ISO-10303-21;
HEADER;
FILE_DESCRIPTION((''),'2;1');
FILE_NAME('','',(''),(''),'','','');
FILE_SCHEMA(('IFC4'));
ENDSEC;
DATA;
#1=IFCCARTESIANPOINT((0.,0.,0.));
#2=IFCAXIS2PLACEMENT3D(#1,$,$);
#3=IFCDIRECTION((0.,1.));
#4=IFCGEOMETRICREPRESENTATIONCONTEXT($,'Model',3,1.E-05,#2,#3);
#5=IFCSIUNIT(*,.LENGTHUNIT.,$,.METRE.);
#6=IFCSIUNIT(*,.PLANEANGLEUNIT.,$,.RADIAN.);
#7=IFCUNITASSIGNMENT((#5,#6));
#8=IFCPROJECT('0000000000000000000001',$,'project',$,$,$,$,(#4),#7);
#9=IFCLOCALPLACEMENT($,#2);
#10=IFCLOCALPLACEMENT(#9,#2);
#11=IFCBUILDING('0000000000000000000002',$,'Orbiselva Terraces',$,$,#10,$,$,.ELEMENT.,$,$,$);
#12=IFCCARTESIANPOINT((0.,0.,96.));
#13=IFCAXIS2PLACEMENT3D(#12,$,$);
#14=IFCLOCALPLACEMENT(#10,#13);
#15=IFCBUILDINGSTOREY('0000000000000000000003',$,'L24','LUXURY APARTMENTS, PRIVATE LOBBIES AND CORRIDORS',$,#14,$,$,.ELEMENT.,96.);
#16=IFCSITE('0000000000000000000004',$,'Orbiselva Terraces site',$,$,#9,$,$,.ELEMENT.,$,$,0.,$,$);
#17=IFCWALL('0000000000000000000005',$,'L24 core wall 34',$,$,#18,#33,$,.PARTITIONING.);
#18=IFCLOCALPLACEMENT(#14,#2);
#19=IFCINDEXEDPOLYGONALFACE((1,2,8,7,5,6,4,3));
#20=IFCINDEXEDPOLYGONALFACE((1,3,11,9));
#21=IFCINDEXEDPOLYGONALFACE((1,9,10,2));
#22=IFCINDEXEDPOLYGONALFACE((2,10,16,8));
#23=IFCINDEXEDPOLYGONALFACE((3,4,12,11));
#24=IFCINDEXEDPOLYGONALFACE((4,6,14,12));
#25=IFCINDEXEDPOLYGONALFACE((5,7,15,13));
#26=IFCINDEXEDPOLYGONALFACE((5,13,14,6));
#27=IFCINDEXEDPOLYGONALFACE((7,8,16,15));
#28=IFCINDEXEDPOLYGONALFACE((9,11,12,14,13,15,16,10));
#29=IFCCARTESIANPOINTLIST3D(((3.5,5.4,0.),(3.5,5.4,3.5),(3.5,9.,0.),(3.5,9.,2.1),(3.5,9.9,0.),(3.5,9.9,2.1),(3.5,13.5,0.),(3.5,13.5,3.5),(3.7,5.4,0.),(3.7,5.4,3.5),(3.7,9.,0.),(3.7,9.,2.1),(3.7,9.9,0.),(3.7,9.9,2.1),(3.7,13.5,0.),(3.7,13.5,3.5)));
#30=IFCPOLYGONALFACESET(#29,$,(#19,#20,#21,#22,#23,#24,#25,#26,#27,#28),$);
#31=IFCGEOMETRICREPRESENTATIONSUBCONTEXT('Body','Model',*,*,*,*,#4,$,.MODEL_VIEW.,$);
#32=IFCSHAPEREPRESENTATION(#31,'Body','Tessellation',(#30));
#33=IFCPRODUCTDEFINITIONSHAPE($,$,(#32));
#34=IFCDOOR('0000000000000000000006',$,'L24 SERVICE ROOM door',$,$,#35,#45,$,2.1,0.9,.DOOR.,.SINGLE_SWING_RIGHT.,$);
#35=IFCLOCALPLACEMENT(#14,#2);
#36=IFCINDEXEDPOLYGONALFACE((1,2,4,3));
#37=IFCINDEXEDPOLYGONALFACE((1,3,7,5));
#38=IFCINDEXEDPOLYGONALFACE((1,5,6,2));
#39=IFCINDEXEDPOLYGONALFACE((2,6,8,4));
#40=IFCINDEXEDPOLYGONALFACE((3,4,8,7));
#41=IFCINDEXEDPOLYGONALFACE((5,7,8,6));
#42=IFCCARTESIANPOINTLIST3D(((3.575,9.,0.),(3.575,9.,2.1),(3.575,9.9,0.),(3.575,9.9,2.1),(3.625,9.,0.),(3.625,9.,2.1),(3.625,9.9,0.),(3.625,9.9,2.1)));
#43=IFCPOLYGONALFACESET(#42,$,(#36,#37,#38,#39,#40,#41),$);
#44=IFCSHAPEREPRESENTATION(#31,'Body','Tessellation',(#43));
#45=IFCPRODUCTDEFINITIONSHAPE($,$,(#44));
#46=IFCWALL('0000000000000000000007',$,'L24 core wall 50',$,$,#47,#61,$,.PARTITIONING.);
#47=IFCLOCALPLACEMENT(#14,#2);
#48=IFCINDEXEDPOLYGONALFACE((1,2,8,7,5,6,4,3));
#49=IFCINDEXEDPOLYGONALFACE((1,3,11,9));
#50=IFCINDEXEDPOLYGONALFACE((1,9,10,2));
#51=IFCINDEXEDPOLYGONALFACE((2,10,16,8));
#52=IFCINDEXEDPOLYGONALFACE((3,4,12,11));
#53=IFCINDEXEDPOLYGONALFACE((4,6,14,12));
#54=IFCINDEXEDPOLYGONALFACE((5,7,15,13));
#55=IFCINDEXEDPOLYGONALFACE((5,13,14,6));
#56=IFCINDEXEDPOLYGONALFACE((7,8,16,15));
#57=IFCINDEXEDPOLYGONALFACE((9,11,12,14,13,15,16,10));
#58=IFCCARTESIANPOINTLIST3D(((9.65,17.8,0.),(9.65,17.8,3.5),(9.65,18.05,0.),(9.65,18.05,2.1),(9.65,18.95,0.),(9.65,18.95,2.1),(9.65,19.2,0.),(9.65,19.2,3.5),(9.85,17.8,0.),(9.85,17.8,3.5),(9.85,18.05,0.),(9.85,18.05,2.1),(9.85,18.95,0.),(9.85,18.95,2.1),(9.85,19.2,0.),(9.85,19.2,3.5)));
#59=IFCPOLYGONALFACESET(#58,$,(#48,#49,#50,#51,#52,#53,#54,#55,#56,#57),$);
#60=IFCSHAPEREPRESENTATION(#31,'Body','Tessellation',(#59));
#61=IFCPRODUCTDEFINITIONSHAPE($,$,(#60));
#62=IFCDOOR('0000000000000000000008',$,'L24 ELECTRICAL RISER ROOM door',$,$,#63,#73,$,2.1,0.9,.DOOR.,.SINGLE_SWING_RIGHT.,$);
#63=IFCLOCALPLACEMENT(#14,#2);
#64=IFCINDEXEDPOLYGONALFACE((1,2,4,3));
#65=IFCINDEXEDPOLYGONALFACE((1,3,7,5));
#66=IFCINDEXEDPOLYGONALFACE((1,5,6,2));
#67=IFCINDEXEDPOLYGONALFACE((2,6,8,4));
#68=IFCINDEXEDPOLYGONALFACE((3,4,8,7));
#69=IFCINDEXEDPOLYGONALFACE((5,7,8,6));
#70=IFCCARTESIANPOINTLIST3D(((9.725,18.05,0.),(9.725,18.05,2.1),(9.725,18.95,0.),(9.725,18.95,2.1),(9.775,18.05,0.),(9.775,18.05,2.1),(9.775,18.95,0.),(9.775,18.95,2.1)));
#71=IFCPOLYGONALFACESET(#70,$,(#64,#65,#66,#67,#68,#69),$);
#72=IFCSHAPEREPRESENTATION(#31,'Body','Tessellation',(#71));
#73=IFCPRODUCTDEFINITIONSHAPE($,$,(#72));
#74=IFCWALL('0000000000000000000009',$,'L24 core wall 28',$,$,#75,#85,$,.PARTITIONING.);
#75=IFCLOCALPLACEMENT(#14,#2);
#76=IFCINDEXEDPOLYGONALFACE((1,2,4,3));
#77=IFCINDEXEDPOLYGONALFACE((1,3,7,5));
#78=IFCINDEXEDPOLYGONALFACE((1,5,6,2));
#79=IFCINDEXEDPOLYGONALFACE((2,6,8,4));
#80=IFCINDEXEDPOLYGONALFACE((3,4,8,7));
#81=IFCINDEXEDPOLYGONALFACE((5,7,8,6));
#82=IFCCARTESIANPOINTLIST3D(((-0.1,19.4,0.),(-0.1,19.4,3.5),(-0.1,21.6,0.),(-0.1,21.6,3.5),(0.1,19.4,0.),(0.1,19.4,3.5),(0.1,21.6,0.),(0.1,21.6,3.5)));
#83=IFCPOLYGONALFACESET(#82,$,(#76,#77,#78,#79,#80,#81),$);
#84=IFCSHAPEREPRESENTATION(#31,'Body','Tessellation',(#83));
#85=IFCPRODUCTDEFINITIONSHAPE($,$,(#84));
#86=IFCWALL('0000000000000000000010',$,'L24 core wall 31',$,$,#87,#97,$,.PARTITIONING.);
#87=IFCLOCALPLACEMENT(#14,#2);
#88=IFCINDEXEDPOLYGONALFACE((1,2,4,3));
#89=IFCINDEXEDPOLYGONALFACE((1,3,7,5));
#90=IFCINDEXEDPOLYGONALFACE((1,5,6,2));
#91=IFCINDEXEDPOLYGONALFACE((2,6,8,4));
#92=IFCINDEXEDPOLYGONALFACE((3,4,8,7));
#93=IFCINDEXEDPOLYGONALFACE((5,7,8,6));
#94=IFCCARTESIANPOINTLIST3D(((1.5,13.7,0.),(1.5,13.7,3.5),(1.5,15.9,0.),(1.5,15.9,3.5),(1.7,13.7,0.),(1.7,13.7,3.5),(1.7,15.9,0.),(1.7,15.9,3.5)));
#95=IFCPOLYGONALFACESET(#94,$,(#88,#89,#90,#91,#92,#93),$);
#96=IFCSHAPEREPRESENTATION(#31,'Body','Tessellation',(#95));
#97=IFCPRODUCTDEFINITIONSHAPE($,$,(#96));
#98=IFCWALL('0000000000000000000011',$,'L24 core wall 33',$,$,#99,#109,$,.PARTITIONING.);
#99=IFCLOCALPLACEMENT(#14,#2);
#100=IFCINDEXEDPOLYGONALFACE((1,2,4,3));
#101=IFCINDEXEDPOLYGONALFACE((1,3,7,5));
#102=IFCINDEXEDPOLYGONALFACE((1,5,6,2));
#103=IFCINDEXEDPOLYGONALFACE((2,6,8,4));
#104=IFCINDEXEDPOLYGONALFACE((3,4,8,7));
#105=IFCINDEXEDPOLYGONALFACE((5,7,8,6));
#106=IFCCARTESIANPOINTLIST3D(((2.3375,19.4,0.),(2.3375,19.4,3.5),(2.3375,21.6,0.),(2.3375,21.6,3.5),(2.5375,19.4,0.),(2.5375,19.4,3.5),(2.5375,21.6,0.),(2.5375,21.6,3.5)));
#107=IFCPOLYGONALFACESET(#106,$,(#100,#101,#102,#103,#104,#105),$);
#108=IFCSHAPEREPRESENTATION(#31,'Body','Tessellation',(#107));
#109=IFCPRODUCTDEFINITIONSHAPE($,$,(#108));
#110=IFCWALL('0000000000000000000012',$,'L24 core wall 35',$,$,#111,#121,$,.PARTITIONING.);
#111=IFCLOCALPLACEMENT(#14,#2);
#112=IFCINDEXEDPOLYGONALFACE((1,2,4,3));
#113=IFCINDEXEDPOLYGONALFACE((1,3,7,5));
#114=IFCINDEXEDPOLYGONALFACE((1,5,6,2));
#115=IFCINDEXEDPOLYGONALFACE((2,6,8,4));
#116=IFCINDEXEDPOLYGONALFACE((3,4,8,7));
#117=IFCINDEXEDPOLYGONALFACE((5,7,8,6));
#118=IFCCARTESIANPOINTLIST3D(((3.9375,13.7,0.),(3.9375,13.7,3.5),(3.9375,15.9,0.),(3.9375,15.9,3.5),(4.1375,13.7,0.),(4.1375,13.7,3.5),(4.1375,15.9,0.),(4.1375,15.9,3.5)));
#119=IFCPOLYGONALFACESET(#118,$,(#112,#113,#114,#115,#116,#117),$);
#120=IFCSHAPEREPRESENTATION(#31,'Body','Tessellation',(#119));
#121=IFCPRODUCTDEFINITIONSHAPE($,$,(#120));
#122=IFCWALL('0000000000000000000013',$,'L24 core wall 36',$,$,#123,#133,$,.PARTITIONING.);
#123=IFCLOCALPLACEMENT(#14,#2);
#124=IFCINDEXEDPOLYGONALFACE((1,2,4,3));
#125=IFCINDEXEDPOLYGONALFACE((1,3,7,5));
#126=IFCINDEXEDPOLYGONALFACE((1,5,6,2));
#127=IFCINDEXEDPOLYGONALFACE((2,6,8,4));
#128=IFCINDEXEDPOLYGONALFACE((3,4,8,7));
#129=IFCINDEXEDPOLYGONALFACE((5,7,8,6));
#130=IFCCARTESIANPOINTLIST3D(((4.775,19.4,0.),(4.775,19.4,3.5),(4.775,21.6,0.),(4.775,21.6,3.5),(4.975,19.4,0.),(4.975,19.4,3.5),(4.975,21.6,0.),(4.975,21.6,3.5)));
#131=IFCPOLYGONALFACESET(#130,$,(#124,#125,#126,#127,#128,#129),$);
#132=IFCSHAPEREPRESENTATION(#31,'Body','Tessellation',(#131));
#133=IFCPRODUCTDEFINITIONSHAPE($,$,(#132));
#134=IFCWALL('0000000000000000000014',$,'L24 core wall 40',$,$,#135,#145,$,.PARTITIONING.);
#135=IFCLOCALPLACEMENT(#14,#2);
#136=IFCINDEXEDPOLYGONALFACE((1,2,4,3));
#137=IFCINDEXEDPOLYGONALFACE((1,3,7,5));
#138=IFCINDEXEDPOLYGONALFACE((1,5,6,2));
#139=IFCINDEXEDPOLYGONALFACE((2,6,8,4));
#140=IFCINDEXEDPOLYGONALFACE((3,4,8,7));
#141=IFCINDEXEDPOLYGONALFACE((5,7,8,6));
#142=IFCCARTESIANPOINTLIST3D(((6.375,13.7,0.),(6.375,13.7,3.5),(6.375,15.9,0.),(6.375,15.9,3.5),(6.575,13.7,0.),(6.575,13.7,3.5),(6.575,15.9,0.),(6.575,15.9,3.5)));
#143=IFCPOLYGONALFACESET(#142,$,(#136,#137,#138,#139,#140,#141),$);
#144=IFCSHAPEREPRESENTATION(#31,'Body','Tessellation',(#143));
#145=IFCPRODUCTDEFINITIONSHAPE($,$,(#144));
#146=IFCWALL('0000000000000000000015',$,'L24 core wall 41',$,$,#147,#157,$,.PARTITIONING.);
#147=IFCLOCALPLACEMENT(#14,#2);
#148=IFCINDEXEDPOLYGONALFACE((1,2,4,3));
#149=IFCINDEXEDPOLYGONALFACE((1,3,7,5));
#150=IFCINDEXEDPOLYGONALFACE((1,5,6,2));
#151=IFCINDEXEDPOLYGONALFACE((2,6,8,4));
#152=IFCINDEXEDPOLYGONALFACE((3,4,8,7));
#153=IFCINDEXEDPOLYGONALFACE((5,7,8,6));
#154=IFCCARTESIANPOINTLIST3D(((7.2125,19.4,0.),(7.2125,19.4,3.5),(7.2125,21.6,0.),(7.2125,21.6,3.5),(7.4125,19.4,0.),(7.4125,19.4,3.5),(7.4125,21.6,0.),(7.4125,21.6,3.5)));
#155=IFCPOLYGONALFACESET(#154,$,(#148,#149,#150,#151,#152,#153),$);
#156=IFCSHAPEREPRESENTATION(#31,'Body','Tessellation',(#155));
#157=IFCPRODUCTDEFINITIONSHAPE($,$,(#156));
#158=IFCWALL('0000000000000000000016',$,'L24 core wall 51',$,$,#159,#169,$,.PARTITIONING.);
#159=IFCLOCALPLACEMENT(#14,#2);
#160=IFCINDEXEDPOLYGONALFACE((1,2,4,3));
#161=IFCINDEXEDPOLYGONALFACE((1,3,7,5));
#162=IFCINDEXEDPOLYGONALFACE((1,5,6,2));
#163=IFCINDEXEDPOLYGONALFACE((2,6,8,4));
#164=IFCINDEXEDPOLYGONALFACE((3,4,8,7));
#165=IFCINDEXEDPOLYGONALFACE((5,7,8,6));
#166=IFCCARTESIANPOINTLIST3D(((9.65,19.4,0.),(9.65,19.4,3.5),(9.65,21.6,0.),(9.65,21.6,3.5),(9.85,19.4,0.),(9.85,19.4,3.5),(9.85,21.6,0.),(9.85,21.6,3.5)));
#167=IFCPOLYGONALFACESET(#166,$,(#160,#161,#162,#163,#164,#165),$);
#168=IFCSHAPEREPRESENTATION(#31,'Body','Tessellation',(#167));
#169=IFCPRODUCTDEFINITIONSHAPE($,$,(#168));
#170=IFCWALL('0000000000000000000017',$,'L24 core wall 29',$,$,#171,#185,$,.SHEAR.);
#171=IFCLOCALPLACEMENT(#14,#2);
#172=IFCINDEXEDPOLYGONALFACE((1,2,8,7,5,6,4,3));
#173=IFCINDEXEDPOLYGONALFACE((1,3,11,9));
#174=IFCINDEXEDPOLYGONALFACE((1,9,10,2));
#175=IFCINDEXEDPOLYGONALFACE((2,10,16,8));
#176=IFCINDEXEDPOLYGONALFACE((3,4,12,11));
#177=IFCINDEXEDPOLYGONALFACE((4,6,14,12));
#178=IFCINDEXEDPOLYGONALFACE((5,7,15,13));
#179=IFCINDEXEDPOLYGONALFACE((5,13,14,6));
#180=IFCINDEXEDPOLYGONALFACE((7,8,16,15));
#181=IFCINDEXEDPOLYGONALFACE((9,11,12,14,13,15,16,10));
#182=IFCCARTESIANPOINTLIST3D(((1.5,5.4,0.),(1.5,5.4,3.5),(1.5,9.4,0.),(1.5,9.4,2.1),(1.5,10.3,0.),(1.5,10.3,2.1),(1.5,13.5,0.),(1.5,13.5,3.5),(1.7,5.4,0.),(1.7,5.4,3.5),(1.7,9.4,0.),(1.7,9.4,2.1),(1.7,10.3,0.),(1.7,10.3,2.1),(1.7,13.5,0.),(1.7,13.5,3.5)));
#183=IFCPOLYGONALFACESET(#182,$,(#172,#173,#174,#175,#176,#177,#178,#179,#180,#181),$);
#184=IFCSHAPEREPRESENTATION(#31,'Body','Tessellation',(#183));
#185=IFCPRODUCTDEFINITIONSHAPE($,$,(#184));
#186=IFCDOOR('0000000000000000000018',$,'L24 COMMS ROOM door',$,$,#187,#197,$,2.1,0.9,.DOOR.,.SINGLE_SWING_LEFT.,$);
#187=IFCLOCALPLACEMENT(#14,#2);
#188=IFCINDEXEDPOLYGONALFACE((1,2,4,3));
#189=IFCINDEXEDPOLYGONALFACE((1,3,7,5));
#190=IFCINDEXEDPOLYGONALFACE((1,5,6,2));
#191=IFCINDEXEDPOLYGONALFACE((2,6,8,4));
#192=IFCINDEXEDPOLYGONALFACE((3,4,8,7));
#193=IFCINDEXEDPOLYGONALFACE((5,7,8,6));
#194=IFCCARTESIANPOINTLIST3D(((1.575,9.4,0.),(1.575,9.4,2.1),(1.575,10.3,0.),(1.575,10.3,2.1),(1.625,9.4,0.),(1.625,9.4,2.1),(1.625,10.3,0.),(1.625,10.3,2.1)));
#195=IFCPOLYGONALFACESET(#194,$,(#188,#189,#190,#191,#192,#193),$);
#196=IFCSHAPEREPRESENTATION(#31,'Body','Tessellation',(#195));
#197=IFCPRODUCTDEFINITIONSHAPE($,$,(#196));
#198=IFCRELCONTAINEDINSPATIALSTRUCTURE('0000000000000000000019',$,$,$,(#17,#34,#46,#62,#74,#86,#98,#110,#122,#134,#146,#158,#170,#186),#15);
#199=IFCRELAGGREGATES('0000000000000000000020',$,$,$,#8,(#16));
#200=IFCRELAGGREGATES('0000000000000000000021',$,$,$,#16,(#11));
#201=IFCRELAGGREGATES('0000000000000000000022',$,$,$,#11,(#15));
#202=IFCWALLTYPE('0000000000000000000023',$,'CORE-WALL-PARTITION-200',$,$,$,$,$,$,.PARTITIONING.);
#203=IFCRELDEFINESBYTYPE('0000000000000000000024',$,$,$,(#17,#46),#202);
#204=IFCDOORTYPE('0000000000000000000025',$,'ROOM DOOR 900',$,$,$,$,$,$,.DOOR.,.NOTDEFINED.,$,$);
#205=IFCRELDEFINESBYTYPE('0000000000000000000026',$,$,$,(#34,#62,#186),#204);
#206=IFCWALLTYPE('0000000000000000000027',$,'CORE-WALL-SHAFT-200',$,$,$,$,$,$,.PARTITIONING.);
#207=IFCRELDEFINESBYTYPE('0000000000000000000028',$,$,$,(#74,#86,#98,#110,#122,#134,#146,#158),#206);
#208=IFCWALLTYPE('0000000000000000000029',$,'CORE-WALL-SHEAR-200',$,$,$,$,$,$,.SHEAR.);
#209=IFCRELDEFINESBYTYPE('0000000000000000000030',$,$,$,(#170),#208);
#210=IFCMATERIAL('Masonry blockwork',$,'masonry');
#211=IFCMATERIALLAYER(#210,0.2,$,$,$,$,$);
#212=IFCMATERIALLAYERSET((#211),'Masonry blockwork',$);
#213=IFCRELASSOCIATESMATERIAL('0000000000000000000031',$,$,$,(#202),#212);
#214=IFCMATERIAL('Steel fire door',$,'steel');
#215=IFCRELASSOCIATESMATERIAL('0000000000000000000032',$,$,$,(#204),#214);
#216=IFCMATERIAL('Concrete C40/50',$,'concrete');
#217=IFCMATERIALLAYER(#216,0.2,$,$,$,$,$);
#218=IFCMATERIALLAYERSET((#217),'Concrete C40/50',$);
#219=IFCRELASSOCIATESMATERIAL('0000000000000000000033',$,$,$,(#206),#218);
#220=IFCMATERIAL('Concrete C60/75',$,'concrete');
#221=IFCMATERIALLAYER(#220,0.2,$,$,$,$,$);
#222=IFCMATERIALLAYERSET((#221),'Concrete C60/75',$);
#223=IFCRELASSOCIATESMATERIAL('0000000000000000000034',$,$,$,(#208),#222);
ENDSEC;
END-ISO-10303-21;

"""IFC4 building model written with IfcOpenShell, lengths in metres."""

from ifc_helpers import new_model, si_unit, direction, frame, frame_2d, origin, place, context, subcontext, project, spatial, rectangle, extrude, material, layer, layer_set, type_object, element, fill, save


model = new_model("IFC4")

# Units and contexts
model_context = context("Model", 3, precision=1e-05, world=origin(), true_north=direction((0.0, 1.0)))
body_context = subcontext(model_context, "Body", "Model", "MODEL_VIEW")
ifc_project = project(units=[si_unit("LENGTHUNIT", "METRE"), si_unit("PLANEANGLEUNIT", "RADIAN")], contexts=[model_context])

# Site, building, storey
site_placement = place(None, origin())
site = spatial("IfcSite", under=ifc_project, at=site_placement, Name="Orbiselva Terraces site", CompositionType="ELEMENT", RefElevation=0.0)
building_placement = place(site_placement, origin())
building = spatial("IfcBuilding", under=site, at=building_placement, Name="Orbiselva Terraces", CompositionType="ELEMENT")
storey_placement = place(building_placement, frame((0.0, 0.0, 96.0)))
storey = spatial("IfcBuildingStorey", under=building, at=storey_placement, Name="L24", Description="LUXURY APARTMENTS, PRIVATE LOBBIES AND CORRIDORS", CompositionType="ELEMENT", Elevation=96.0)

# Walls, openings, doors
ifc_material_1 = material(Name="Masonry blockwork", Category="masonry")
ifc_layer_1 = layer(ifc_material_1, 0.2)
ifc_layer_set_1 = layer_set([ifc_layer_1], Name="Masonry blockwork")
wall_type_1 = type_object("IfcWallType", Name="CORE-WALL-PARTITION-200", PredefinedType="PARTITIONING", material=ifc_layer_set_1)
wall_1_placement = place(storey_placement, frame((3.6, 13.5, 0.0), z_axis=(0.0, 0.0, 1.0), x_axis=(0.0, -1.0, 0.0)))
wall_1 = element("IfcWall", 1, at=wall_1_placement, inside=storey, type_object=wall_type_1, Name="L24 core wall 34", PredefinedType="PARTITIONING", context=body_context, shape_type="SweptSolid", body=[
    extrude(rectangle(XDim=8.1, YDim=0.2, at=frame_2d((4.05, 0.0))), origin(), (0.0, 0.0, 1.0), 3.5),
])
opening_1_placement = place(wall_1_placement, frame((3.6, 0.0, 0.0)))
opening_1 = element("IfcOpeningElement", 2, at=opening_1_placement, cuts=wall_1, PredefinedType="OPENING", context=body_context, shape_type="SweptSolid", body=[
    extrude(rectangle(XDim=0.9, YDim=2.1, at=frame_2d((0.45, 1.05))), frame((0.0, 0.11, 0.0), z_axis=(0.0, -1.0, 0.0), x_axis=(1.0, 0.0, 0.0)), (0.0, 0.0, 1.0), 0.22),
])
ifc_material_2 = material(Name="Steel fire door", Category="steel")
door_type = type_object("IfcDoorType", Name="ROOM DOOR 900", OperationType="NOTDEFINED", PredefinedType="DOOR", material=ifc_material_2)
door_1_placement = place(opening_1_placement, origin())
door_1 = element("IfcDoor", 3, at=door_1_placement, inside=storey, type_object=door_type, Name="L24 SERVICE ROOM door", OperationType="SINGLE_SWING_RIGHT", OverallHeight=2.1, OverallWidth=0.9, PredefinedType="DOOR", context=body_context, shape_type="SweptSolid", body=[
    extrude(rectangle(XDim=0.9, YDim=2.1, at=frame_2d((0.45, 1.05))), frame((0.0, 0.025, 0.0), z_axis=(0.0, -1.0, 0.0), x_axis=(1.0, 0.0, 0.0)), (0.0, 0.0, 1.0), 0.05),
])
fill(opening_1, door_1)
wall_2_placement = place(storey_placement, frame((9.75, 19.2, 0.0), z_axis=(0.0, 0.0, 1.0), x_axis=(0.0, -1.0, 0.0)))
wall_2 = element("IfcWall", 4, at=wall_2_placement, inside=storey, type_object=wall_type_1, Name="L24 core wall 50", PredefinedType="PARTITIONING", context=body_context, shape_type="SweptSolid", body=[
    extrude(rectangle(XDim=1.4, YDim=0.2, at=frame_2d((0.7, 0.0))), origin(), (0.0, 0.0, 1.0), 3.5),
])
opening_2_placement = place(wall_2_placement, frame((0.25, 0.0, 0.0)))
opening_2 = element("IfcOpeningElement", 5, at=opening_2_placement, cuts=wall_2, PredefinedType="OPENING", context=body_context, shape_type="SweptSolid", body=[
    extrude(rectangle(XDim=0.9, YDim=2.1, at=frame_2d((0.45, 1.05))), frame((0.0, 0.11, 0.0), z_axis=(0.0, -1.0, 0.0), x_axis=(1.0, 0.0, 0.0)), (0.0, 0.0, 1.0), 0.22),
])
door_2_placement = place(opening_2_placement, origin())
door_2 = element("IfcDoor", 6, at=door_2_placement, inside=storey, type_object=door_type, Name="L24 ELECTRICAL RISER ROOM door", OperationType="SINGLE_SWING_RIGHT", OverallHeight=2.1, OverallWidth=0.9, PredefinedType="DOOR", context=body_context, shape_type="SweptSolid", body=[
    extrude(rectangle(XDim=0.9, YDim=2.1, at=frame_2d((0.45, 1.05))), frame((0.0, 0.025, 0.0), z_axis=(0.0, -1.0, 0.0), x_axis=(1.0, 0.0, 0.0)), (0.0, 0.0, 1.0), 0.05),
])
fill(opening_2, door_2)

# Walls
ifc_material_3 = material(Name="Concrete C40/50", Category="concrete")
ifc_layer_2 = layer(ifc_material_3, 0.2)
ifc_layer_set_2 = layer_set([ifc_layer_2], Name="Concrete C40/50")
wall_type_2 = type_object("IfcWallType", Name="CORE-WALL-SHAFT-200", PredefinedType="PARTITIONING", material=ifc_layer_set_2)
for number, where, z_axis, x_axis, name in (
    (7, (0.0, 19.4, 0.0), (0.0, 0.0, 1.0), (0.0, 1.0, 0.0), "L24 core wall 28"),
    (8, (1.6, 13.7, 0.0), (0.0, 0.0, 1.0), (0.0, 1.0, 0.0), "L24 core wall 31"),
    (9, (2.4375, 19.4, 0.0), (0.0, 0.0, 1.0), (0.0, 1.0, 0.0), "L24 core wall 33"),
    (10, (4.0375, 13.7, 0.0), (0.0, 0.0, 1.0), (0.0, 1.0, 0.0), "L24 core wall 35"),
    (11, (4.875, 19.4, 0.0), (0.0, 0.0, 1.0), (0.0, 1.0, 0.0), "L24 core wall 36"),
    (12, (6.475, 13.7, 0.0), (0.0, 0.0, 1.0), (0.0, 1.0, 0.0), "L24 core wall 40"),
    (13, (7.3125, 19.4, 0.0), (0.0, 0.0, 1.0), (0.0, 1.0, 0.0), "L24 core wall 41"),
    (14, (9.75, 19.4, 0.0), (0.0, 0.0, 1.0), (0.0, 1.0, 0.0), "L24 core wall 51"),
):
    element("IfcWall", number, at=place(storey_placement, frame(where, z_axis=z_axis, x_axis=x_axis)), inside=storey, type_object=wall_type_2, Name=name, PredefinedType="PARTITIONING", context=body_context, shape_type="SweptSolid", body=[
        extrude(rectangle(XDim=2.2, YDim=0.2, at=frame_2d((1.1, 0.0))), origin(), (0.0, 0.0, 1.0), 3.5),
    ])

# Wall, opening, door
ifc_material_4 = material(Name="Concrete C60/75", Category="concrete")
ifc_layer_3 = layer(ifc_material_4, 0.2)
ifc_layer_set_3 = layer_set([ifc_layer_3], Name="Concrete C60/75")
wall_type_3 = type_object("IfcWallType", Name="CORE-WALL-SHEAR-200", PredefinedType="SHEAR", material=ifc_layer_set_3)
wall_3_placement = place(storey_placement, frame((1.6, 13.5, 0.0), z_axis=(0.0, 0.0, 1.0), x_axis=(0.0, -1.0, 0.0)))
wall_3 = element("IfcWall", 15, at=wall_3_placement, inside=storey, type_object=wall_type_3, Name="L24 core wall 29", PredefinedType="SHEAR", context=body_context, shape_type="SweptSolid", body=[
    extrude(rectangle(XDim=8.1, YDim=0.2, at=frame_2d((4.05, 0.0))), origin(), (0.0, 0.0, 1.0), 3.5),
])
opening_3_placement = place(wall_3_placement, frame((3.2, 0.0, 0.0)))
opening_3 = element("IfcOpeningElement", 16, at=opening_3_placement, cuts=wall_3, PredefinedType="OPENING", context=body_context, shape_type="SweptSolid", body=[
    extrude(rectangle(XDim=0.9, YDim=2.1, at=frame_2d((0.45, 1.05))), frame((0.0, 0.11, 0.0), z_axis=(0.0, -1.0, 0.0), x_axis=(1.0, 0.0, 0.0)), (0.0, 0.0, 1.0), 0.22),
])
door_3_placement = place(opening_3_placement, origin())
door_3 = element("IfcDoor", 17, at=door_3_placement, inside=storey, type_object=door_type, Name="L24 COMMS ROOM door", OperationType="SINGLE_SWING_LEFT", OverallHeight=2.1, OverallWidth=0.9, PredefinedType="DOOR", context=body_context, shape_type="SweptSolid", body=[
    extrude(rectangle(XDim=0.9, YDim=2.1, at=frame_2d((0.45, 1.05))), frame((0.0, 0.025, 0.0), z_axis=(0.0, -1.0, 0.0), x_axis=(1.0, 0.0, 0.0)), (0.0, 0.0, 1.0), 0.05),
])
fill(opening_3, door_3)

save(model, "model.ifc")
